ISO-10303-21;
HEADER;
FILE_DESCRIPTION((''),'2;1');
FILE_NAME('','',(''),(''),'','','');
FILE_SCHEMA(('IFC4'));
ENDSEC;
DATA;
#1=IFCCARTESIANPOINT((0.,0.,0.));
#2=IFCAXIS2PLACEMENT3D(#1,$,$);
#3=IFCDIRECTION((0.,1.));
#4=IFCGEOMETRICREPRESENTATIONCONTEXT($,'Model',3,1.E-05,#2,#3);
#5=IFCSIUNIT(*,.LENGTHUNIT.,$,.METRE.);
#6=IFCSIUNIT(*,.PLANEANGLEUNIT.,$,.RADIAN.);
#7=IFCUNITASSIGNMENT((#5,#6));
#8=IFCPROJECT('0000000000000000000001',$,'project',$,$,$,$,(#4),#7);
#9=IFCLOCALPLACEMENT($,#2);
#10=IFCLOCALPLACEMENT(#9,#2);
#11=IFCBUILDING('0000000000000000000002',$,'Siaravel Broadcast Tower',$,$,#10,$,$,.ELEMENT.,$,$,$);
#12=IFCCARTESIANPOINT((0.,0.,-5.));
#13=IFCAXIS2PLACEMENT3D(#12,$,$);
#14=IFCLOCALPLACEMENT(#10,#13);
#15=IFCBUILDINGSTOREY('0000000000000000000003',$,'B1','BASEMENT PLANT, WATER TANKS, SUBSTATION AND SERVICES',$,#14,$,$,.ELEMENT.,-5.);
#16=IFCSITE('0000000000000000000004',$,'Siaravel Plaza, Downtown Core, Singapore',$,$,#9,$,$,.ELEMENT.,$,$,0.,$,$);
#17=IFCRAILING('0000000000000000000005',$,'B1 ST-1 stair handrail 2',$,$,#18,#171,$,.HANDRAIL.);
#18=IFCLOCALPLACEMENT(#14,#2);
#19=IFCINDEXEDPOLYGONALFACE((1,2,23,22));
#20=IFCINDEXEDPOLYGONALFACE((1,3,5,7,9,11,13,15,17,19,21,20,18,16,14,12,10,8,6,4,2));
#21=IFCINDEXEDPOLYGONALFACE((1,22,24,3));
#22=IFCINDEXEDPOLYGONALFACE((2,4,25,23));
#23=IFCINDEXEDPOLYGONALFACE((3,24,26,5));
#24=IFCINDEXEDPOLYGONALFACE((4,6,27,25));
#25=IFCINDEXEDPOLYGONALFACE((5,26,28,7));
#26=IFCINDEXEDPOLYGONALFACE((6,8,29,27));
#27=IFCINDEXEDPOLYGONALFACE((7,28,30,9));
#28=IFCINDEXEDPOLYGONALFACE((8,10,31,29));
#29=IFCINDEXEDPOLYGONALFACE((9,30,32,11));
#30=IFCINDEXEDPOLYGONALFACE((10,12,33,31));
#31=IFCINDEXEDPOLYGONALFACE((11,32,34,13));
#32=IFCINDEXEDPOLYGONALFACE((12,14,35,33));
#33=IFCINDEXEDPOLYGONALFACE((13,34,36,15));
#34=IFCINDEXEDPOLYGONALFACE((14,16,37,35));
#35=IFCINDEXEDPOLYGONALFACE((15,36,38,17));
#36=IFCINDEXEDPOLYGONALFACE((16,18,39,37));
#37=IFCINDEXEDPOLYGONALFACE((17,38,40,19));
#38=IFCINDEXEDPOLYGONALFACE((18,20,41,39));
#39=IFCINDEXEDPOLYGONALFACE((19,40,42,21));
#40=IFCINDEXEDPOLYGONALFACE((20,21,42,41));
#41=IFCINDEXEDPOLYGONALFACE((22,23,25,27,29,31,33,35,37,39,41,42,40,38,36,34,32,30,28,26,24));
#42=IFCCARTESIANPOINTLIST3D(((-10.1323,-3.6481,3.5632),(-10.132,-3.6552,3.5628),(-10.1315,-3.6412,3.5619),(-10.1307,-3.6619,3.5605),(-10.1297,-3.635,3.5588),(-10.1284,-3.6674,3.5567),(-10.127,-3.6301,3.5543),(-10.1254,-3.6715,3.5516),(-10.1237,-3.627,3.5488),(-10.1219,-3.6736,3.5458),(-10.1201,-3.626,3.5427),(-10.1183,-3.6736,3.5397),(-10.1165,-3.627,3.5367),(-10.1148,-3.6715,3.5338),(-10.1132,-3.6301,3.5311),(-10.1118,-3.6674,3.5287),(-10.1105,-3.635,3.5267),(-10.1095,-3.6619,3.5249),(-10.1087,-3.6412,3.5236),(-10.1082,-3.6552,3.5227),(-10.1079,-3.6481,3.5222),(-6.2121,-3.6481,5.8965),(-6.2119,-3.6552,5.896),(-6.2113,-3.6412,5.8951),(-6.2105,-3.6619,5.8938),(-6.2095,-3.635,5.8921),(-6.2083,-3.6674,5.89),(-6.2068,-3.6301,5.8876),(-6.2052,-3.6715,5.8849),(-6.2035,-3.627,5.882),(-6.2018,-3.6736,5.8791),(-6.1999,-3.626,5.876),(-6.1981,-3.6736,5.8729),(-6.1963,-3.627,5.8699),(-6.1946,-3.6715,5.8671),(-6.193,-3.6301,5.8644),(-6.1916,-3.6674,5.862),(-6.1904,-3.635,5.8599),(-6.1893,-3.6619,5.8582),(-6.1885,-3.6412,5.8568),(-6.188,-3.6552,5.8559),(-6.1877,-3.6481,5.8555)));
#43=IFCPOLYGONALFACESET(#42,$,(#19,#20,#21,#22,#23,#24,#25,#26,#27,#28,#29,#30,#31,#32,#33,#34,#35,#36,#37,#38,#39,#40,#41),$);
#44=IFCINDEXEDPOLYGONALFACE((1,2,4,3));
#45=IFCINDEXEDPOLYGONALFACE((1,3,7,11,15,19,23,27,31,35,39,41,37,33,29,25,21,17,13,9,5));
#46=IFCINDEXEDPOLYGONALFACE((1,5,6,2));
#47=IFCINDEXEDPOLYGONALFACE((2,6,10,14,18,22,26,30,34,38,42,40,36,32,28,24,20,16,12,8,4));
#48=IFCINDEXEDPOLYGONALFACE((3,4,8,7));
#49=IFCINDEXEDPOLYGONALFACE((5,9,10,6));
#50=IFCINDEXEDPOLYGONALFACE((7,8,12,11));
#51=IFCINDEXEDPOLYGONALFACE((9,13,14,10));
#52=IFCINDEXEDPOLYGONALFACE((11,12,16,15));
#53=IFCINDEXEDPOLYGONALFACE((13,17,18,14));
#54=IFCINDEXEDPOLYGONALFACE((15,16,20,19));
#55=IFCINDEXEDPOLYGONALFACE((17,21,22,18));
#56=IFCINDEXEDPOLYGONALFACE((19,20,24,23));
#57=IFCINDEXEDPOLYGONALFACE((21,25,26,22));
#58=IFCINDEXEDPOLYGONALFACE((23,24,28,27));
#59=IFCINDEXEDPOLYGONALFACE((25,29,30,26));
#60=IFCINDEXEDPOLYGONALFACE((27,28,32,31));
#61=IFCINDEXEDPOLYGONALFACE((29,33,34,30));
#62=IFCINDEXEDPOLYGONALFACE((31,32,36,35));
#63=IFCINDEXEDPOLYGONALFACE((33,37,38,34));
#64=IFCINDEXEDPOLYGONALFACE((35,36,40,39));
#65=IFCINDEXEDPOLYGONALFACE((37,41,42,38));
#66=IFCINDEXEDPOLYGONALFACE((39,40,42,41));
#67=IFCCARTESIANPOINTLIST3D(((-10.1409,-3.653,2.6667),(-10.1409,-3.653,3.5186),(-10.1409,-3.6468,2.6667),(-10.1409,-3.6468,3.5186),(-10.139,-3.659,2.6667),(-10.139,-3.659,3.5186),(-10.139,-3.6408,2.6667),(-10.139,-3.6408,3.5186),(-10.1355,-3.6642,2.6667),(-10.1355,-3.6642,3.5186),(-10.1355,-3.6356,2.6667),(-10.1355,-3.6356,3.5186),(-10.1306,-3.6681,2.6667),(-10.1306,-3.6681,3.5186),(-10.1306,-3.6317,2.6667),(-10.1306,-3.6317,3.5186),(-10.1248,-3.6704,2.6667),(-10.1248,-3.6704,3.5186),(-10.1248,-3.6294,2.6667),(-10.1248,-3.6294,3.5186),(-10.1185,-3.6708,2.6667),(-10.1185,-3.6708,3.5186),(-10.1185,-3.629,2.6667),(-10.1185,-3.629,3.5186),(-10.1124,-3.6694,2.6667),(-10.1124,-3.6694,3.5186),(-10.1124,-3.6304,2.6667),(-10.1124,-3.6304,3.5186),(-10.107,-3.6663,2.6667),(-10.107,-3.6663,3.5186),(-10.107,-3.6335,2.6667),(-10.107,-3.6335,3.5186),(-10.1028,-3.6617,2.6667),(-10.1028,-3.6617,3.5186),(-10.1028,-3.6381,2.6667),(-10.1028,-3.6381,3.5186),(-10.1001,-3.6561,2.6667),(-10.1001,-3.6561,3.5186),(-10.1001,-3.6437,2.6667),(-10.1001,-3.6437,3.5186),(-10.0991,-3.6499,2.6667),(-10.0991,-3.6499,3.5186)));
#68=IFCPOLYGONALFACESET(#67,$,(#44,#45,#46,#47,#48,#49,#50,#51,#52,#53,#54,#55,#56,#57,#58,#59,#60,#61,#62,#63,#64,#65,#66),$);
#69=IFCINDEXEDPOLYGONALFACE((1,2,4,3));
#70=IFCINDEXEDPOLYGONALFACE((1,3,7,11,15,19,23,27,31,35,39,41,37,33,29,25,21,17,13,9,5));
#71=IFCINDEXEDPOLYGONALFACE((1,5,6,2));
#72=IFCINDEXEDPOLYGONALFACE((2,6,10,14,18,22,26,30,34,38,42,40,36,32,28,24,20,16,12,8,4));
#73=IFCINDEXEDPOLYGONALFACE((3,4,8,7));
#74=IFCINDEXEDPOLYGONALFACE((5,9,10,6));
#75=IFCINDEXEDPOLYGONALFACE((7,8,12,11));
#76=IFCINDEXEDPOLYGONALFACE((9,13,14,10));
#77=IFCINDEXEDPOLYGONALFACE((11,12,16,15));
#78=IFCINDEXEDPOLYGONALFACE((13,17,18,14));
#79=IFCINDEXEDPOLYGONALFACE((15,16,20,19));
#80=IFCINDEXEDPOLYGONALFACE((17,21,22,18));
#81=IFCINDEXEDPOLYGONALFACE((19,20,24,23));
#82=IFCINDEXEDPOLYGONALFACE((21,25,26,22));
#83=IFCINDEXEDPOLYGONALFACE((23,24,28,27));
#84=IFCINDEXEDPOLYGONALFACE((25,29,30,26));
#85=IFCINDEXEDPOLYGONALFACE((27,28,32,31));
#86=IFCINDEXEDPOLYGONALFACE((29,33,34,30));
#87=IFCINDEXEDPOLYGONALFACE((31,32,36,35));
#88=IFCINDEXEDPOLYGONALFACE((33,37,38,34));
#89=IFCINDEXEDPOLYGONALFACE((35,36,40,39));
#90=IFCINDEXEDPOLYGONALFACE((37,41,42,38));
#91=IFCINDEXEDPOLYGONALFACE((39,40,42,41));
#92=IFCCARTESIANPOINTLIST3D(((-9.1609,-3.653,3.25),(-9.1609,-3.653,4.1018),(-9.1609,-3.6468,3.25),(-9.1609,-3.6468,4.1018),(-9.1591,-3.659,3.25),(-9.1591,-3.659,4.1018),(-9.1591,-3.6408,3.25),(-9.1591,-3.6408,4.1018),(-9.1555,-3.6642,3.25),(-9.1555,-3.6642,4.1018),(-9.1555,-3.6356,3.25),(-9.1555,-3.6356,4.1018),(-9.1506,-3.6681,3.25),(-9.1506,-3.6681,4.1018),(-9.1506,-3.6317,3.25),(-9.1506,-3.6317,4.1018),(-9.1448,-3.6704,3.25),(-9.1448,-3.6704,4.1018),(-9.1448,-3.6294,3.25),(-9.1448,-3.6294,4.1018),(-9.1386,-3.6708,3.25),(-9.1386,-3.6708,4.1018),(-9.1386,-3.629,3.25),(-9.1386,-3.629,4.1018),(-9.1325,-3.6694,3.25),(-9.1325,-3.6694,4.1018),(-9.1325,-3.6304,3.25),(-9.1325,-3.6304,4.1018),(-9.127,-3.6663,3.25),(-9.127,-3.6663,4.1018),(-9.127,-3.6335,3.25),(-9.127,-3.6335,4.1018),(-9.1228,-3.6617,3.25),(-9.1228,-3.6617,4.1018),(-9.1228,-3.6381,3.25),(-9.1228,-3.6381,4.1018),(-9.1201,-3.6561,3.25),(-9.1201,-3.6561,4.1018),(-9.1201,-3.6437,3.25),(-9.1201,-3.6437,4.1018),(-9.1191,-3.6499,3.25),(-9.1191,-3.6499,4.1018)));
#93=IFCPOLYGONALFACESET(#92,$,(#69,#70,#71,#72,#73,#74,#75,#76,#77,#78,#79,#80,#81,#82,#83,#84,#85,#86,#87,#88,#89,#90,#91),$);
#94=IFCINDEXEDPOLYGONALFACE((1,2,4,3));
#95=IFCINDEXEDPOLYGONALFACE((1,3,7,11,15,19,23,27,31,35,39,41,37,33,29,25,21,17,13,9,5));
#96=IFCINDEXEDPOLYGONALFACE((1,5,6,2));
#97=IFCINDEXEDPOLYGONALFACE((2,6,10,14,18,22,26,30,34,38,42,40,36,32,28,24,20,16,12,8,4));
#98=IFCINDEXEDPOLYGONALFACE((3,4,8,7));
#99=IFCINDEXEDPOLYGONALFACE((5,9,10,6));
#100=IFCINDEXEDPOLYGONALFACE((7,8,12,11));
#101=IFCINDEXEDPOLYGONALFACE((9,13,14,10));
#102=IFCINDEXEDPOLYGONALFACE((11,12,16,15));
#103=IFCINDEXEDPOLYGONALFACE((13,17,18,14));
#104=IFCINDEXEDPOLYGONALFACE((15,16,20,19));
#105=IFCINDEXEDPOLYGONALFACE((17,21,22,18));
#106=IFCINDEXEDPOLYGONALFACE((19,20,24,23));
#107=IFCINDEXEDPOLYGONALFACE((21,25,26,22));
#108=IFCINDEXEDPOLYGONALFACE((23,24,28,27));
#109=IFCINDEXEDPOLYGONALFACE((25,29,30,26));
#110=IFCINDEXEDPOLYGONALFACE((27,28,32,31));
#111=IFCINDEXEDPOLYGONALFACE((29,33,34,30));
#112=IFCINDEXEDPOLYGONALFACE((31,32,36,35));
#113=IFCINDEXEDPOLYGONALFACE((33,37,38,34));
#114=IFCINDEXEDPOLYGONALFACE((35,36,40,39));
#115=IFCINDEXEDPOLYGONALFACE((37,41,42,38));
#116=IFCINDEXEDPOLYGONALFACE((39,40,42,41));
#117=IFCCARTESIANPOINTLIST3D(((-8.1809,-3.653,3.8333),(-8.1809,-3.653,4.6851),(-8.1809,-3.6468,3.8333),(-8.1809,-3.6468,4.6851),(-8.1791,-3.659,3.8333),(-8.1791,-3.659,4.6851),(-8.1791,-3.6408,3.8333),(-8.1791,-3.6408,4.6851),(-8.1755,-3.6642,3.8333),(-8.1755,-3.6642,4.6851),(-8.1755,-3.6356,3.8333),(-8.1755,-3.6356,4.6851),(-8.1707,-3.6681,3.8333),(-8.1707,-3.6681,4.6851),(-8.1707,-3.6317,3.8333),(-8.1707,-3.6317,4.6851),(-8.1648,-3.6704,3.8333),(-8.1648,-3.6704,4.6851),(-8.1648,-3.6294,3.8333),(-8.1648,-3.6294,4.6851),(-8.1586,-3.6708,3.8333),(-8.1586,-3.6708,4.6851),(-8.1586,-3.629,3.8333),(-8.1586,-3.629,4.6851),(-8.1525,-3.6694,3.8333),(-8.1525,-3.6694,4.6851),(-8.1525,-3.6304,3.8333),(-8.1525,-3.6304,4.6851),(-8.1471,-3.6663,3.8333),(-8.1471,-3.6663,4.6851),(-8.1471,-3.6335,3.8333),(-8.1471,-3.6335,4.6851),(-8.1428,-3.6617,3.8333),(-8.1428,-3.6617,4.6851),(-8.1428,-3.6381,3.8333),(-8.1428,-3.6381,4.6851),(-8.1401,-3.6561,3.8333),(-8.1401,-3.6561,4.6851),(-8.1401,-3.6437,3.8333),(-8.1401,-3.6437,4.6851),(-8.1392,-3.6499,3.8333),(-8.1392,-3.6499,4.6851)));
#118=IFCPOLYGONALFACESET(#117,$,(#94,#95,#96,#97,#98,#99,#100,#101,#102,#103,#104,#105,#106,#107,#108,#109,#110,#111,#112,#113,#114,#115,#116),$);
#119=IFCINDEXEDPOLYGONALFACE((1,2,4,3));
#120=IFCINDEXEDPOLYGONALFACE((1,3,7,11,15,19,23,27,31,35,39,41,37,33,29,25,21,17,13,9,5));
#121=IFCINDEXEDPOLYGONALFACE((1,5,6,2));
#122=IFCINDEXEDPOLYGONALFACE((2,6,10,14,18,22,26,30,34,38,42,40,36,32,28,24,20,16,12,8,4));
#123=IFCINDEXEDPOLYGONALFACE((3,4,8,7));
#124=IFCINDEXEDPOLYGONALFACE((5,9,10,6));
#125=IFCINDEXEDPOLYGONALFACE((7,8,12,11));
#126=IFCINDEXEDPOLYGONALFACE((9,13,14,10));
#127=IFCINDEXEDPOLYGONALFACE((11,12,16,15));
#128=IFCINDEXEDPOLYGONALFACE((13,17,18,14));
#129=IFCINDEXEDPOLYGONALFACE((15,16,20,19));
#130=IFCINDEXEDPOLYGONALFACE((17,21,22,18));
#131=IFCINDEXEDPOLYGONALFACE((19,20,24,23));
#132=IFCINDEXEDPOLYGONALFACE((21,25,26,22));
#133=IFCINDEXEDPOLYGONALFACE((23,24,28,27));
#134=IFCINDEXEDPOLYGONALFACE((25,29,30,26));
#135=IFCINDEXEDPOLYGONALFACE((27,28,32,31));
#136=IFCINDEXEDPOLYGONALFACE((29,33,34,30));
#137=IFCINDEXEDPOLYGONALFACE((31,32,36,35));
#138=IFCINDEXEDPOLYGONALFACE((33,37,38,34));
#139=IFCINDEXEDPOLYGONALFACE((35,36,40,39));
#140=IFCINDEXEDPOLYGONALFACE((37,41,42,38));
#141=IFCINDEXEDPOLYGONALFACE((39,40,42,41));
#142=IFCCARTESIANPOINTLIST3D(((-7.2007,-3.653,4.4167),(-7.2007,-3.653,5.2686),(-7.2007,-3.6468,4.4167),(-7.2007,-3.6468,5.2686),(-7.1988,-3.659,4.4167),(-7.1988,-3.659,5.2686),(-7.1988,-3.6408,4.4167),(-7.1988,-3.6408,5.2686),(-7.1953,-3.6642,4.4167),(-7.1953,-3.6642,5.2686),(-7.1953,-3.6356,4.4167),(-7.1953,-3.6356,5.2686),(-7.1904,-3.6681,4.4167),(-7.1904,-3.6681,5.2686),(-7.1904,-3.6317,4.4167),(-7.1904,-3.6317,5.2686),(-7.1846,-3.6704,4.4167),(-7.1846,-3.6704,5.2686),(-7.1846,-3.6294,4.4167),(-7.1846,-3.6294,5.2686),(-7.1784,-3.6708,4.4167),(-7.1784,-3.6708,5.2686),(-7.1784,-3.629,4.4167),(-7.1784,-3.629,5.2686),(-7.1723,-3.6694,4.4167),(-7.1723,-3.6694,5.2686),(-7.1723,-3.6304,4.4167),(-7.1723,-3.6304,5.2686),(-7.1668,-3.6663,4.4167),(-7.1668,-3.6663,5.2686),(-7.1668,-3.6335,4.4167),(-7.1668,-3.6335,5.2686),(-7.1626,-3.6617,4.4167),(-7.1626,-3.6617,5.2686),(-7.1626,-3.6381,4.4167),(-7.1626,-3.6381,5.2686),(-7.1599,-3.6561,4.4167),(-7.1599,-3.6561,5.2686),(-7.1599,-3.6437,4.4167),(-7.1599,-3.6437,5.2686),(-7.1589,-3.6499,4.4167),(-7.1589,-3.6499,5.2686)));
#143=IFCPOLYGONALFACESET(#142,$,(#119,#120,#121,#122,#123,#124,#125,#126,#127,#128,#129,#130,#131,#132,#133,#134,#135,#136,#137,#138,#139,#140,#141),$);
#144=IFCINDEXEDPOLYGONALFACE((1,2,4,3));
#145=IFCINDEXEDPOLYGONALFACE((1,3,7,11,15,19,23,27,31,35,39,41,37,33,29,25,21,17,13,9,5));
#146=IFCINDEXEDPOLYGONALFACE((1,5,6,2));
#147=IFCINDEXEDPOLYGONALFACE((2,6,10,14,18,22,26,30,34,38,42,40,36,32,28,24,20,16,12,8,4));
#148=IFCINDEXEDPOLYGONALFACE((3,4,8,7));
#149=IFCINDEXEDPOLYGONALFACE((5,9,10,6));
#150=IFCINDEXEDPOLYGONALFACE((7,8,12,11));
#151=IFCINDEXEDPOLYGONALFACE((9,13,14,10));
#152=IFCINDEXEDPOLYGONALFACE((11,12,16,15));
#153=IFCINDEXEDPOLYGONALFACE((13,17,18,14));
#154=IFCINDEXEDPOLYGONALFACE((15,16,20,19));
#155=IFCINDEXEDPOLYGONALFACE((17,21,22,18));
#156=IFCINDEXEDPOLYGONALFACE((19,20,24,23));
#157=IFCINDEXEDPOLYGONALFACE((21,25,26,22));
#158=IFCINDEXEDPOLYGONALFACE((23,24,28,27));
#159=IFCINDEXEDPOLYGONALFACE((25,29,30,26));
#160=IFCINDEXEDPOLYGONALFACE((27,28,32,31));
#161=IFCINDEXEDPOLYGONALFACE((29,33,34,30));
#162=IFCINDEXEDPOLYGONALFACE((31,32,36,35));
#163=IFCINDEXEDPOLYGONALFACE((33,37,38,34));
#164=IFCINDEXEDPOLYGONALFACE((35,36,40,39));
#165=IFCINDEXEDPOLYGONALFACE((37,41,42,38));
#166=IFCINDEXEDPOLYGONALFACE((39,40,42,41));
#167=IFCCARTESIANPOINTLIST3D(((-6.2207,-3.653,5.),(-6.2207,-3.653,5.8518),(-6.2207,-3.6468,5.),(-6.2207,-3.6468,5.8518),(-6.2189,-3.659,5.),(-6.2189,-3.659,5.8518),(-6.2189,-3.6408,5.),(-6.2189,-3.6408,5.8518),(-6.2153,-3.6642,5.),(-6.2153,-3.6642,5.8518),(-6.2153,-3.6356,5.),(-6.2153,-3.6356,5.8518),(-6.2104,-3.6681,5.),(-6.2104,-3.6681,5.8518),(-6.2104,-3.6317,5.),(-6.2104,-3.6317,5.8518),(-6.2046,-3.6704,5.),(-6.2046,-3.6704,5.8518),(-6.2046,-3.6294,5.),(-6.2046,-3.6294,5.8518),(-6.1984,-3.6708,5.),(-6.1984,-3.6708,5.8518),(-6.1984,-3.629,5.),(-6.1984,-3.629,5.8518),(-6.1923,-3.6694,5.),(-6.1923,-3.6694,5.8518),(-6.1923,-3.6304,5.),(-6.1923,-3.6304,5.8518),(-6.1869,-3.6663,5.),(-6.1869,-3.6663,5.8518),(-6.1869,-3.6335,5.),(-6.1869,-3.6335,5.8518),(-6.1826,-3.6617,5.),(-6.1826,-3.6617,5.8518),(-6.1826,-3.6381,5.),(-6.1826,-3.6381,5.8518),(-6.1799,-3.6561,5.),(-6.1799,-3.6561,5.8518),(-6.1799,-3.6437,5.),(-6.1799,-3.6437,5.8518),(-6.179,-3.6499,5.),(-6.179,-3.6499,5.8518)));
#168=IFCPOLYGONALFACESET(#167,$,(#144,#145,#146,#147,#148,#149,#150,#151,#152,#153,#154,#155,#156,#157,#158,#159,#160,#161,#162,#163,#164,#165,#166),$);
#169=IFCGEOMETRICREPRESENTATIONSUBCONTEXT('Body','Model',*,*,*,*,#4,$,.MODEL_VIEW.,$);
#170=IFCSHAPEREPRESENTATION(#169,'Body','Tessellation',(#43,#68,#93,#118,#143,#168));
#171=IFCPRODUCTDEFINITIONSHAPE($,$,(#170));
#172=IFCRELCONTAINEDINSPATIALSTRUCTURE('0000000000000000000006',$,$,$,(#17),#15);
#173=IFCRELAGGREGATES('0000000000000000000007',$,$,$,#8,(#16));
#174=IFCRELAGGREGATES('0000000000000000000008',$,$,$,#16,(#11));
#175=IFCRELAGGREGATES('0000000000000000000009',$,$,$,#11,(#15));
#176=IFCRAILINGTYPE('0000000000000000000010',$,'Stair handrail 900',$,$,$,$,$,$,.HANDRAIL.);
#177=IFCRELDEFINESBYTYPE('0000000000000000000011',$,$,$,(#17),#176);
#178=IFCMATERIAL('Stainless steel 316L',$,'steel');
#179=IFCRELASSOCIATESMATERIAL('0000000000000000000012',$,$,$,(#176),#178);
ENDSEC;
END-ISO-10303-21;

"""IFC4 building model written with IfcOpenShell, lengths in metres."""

from ifc_helpers import new_model, si_unit, direction, frame, origin, origin_2d, place, context, subcontext, project, spatial, circle, extrude, material, type_object, element, save


model = new_model("IFC4")

# Units and contexts
model_context = context("Model", 3, precision=1e-05, world=origin(), true_north=direction((0.0, 1.0)))
body_context = subcontext(model_context, "Body", "Model", "MODEL_VIEW")
ifc_project = project(units=[si_unit("LENGTHUNIT", "METRE"), si_unit("PLANEANGLEUNIT", "RADIAN")], contexts=[model_context])

# Site, building, storey
site_placement = place(None, origin())
site = spatial("IfcSite", under=ifc_project, at=site_placement, Name="Siaravel Plaza, Downtown Core, Singapore", CompositionType="ELEMENT", RefElevation=0.0)
building_placement = place(site_placement, origin())
building = spatial("IfcBuilding", under=site, at=building_placement, Name="Siaravel Broadcast Tower", CompositionType="ELEMENT")
storey_placement = place(building_placement, frame((0.0, 0.0, -5.0)))
storey = spatial("IfcBuildingStorey", under=building, at=storey_placement, Name="B1", Description="BASEMENT PLANT, WATER TANKS, SUBSTATION AND SERVICES", CompositionType="ELEMENT", Elevation=-5.0)

# Railing
ifc_material_1 = material(Name="Stainless steel 316L", Category="steel")
railing_type_1 = type_object("IfcRailingType", Name="Stair handrail 900", PredefinedType="HANDRAIL", material=ifc_material_1)
railing_1_placement = place(storey_placement, frame((-10.1201, -3.6499, 2.6667)))
element("IfcRailing", 1, at=railing_1_placement, inside=storey, type_object=railing_type_1, Name="B1 ST-1 stair handrail 2", PredefinedType="HANDRAIL", context=body_context, shape_type="SweptSolid", body=[
    extrude(circle(Radius=0.0239, at=origin_2d()), frame((0.0, 0.0, 0.876), z_axis=(0.85931, 0.0, 0.511455), x_axis=(0.0, 1.0, 0.0)), (0.0, 0.0, 1.0), 4.562),
    extrude(circle(Radius=0.021, at=origin_2d()), origin(), (0.0, 0.0, 1.0), 0.8518),
    extrude(circle(Radius=0.021, at=origin_2d()), frame((0.98, 0.0, 0.5833)), (0.0, 0.0, 1.0), 0.8518),
    extrude(circle(Radius=0.021, at=origin_2d()), frame((1.96, 0.0, 1.1665)), (0.0, 0.0, 1.0), 0.8518),
    extrude(circle(Radius=0.021, at=origin_2d()), frame((2.9402, 0.0, 1.75)), (0.0, 0.0, 1.0), 0.8518),
    extrude(circle(Radius=0.021, at=origin_2d()), frame((3.9202, 0.0, 2.3333)), (0.0, 0.0, 1.0), 0.8518),
])

save(model, "model.ifc")
